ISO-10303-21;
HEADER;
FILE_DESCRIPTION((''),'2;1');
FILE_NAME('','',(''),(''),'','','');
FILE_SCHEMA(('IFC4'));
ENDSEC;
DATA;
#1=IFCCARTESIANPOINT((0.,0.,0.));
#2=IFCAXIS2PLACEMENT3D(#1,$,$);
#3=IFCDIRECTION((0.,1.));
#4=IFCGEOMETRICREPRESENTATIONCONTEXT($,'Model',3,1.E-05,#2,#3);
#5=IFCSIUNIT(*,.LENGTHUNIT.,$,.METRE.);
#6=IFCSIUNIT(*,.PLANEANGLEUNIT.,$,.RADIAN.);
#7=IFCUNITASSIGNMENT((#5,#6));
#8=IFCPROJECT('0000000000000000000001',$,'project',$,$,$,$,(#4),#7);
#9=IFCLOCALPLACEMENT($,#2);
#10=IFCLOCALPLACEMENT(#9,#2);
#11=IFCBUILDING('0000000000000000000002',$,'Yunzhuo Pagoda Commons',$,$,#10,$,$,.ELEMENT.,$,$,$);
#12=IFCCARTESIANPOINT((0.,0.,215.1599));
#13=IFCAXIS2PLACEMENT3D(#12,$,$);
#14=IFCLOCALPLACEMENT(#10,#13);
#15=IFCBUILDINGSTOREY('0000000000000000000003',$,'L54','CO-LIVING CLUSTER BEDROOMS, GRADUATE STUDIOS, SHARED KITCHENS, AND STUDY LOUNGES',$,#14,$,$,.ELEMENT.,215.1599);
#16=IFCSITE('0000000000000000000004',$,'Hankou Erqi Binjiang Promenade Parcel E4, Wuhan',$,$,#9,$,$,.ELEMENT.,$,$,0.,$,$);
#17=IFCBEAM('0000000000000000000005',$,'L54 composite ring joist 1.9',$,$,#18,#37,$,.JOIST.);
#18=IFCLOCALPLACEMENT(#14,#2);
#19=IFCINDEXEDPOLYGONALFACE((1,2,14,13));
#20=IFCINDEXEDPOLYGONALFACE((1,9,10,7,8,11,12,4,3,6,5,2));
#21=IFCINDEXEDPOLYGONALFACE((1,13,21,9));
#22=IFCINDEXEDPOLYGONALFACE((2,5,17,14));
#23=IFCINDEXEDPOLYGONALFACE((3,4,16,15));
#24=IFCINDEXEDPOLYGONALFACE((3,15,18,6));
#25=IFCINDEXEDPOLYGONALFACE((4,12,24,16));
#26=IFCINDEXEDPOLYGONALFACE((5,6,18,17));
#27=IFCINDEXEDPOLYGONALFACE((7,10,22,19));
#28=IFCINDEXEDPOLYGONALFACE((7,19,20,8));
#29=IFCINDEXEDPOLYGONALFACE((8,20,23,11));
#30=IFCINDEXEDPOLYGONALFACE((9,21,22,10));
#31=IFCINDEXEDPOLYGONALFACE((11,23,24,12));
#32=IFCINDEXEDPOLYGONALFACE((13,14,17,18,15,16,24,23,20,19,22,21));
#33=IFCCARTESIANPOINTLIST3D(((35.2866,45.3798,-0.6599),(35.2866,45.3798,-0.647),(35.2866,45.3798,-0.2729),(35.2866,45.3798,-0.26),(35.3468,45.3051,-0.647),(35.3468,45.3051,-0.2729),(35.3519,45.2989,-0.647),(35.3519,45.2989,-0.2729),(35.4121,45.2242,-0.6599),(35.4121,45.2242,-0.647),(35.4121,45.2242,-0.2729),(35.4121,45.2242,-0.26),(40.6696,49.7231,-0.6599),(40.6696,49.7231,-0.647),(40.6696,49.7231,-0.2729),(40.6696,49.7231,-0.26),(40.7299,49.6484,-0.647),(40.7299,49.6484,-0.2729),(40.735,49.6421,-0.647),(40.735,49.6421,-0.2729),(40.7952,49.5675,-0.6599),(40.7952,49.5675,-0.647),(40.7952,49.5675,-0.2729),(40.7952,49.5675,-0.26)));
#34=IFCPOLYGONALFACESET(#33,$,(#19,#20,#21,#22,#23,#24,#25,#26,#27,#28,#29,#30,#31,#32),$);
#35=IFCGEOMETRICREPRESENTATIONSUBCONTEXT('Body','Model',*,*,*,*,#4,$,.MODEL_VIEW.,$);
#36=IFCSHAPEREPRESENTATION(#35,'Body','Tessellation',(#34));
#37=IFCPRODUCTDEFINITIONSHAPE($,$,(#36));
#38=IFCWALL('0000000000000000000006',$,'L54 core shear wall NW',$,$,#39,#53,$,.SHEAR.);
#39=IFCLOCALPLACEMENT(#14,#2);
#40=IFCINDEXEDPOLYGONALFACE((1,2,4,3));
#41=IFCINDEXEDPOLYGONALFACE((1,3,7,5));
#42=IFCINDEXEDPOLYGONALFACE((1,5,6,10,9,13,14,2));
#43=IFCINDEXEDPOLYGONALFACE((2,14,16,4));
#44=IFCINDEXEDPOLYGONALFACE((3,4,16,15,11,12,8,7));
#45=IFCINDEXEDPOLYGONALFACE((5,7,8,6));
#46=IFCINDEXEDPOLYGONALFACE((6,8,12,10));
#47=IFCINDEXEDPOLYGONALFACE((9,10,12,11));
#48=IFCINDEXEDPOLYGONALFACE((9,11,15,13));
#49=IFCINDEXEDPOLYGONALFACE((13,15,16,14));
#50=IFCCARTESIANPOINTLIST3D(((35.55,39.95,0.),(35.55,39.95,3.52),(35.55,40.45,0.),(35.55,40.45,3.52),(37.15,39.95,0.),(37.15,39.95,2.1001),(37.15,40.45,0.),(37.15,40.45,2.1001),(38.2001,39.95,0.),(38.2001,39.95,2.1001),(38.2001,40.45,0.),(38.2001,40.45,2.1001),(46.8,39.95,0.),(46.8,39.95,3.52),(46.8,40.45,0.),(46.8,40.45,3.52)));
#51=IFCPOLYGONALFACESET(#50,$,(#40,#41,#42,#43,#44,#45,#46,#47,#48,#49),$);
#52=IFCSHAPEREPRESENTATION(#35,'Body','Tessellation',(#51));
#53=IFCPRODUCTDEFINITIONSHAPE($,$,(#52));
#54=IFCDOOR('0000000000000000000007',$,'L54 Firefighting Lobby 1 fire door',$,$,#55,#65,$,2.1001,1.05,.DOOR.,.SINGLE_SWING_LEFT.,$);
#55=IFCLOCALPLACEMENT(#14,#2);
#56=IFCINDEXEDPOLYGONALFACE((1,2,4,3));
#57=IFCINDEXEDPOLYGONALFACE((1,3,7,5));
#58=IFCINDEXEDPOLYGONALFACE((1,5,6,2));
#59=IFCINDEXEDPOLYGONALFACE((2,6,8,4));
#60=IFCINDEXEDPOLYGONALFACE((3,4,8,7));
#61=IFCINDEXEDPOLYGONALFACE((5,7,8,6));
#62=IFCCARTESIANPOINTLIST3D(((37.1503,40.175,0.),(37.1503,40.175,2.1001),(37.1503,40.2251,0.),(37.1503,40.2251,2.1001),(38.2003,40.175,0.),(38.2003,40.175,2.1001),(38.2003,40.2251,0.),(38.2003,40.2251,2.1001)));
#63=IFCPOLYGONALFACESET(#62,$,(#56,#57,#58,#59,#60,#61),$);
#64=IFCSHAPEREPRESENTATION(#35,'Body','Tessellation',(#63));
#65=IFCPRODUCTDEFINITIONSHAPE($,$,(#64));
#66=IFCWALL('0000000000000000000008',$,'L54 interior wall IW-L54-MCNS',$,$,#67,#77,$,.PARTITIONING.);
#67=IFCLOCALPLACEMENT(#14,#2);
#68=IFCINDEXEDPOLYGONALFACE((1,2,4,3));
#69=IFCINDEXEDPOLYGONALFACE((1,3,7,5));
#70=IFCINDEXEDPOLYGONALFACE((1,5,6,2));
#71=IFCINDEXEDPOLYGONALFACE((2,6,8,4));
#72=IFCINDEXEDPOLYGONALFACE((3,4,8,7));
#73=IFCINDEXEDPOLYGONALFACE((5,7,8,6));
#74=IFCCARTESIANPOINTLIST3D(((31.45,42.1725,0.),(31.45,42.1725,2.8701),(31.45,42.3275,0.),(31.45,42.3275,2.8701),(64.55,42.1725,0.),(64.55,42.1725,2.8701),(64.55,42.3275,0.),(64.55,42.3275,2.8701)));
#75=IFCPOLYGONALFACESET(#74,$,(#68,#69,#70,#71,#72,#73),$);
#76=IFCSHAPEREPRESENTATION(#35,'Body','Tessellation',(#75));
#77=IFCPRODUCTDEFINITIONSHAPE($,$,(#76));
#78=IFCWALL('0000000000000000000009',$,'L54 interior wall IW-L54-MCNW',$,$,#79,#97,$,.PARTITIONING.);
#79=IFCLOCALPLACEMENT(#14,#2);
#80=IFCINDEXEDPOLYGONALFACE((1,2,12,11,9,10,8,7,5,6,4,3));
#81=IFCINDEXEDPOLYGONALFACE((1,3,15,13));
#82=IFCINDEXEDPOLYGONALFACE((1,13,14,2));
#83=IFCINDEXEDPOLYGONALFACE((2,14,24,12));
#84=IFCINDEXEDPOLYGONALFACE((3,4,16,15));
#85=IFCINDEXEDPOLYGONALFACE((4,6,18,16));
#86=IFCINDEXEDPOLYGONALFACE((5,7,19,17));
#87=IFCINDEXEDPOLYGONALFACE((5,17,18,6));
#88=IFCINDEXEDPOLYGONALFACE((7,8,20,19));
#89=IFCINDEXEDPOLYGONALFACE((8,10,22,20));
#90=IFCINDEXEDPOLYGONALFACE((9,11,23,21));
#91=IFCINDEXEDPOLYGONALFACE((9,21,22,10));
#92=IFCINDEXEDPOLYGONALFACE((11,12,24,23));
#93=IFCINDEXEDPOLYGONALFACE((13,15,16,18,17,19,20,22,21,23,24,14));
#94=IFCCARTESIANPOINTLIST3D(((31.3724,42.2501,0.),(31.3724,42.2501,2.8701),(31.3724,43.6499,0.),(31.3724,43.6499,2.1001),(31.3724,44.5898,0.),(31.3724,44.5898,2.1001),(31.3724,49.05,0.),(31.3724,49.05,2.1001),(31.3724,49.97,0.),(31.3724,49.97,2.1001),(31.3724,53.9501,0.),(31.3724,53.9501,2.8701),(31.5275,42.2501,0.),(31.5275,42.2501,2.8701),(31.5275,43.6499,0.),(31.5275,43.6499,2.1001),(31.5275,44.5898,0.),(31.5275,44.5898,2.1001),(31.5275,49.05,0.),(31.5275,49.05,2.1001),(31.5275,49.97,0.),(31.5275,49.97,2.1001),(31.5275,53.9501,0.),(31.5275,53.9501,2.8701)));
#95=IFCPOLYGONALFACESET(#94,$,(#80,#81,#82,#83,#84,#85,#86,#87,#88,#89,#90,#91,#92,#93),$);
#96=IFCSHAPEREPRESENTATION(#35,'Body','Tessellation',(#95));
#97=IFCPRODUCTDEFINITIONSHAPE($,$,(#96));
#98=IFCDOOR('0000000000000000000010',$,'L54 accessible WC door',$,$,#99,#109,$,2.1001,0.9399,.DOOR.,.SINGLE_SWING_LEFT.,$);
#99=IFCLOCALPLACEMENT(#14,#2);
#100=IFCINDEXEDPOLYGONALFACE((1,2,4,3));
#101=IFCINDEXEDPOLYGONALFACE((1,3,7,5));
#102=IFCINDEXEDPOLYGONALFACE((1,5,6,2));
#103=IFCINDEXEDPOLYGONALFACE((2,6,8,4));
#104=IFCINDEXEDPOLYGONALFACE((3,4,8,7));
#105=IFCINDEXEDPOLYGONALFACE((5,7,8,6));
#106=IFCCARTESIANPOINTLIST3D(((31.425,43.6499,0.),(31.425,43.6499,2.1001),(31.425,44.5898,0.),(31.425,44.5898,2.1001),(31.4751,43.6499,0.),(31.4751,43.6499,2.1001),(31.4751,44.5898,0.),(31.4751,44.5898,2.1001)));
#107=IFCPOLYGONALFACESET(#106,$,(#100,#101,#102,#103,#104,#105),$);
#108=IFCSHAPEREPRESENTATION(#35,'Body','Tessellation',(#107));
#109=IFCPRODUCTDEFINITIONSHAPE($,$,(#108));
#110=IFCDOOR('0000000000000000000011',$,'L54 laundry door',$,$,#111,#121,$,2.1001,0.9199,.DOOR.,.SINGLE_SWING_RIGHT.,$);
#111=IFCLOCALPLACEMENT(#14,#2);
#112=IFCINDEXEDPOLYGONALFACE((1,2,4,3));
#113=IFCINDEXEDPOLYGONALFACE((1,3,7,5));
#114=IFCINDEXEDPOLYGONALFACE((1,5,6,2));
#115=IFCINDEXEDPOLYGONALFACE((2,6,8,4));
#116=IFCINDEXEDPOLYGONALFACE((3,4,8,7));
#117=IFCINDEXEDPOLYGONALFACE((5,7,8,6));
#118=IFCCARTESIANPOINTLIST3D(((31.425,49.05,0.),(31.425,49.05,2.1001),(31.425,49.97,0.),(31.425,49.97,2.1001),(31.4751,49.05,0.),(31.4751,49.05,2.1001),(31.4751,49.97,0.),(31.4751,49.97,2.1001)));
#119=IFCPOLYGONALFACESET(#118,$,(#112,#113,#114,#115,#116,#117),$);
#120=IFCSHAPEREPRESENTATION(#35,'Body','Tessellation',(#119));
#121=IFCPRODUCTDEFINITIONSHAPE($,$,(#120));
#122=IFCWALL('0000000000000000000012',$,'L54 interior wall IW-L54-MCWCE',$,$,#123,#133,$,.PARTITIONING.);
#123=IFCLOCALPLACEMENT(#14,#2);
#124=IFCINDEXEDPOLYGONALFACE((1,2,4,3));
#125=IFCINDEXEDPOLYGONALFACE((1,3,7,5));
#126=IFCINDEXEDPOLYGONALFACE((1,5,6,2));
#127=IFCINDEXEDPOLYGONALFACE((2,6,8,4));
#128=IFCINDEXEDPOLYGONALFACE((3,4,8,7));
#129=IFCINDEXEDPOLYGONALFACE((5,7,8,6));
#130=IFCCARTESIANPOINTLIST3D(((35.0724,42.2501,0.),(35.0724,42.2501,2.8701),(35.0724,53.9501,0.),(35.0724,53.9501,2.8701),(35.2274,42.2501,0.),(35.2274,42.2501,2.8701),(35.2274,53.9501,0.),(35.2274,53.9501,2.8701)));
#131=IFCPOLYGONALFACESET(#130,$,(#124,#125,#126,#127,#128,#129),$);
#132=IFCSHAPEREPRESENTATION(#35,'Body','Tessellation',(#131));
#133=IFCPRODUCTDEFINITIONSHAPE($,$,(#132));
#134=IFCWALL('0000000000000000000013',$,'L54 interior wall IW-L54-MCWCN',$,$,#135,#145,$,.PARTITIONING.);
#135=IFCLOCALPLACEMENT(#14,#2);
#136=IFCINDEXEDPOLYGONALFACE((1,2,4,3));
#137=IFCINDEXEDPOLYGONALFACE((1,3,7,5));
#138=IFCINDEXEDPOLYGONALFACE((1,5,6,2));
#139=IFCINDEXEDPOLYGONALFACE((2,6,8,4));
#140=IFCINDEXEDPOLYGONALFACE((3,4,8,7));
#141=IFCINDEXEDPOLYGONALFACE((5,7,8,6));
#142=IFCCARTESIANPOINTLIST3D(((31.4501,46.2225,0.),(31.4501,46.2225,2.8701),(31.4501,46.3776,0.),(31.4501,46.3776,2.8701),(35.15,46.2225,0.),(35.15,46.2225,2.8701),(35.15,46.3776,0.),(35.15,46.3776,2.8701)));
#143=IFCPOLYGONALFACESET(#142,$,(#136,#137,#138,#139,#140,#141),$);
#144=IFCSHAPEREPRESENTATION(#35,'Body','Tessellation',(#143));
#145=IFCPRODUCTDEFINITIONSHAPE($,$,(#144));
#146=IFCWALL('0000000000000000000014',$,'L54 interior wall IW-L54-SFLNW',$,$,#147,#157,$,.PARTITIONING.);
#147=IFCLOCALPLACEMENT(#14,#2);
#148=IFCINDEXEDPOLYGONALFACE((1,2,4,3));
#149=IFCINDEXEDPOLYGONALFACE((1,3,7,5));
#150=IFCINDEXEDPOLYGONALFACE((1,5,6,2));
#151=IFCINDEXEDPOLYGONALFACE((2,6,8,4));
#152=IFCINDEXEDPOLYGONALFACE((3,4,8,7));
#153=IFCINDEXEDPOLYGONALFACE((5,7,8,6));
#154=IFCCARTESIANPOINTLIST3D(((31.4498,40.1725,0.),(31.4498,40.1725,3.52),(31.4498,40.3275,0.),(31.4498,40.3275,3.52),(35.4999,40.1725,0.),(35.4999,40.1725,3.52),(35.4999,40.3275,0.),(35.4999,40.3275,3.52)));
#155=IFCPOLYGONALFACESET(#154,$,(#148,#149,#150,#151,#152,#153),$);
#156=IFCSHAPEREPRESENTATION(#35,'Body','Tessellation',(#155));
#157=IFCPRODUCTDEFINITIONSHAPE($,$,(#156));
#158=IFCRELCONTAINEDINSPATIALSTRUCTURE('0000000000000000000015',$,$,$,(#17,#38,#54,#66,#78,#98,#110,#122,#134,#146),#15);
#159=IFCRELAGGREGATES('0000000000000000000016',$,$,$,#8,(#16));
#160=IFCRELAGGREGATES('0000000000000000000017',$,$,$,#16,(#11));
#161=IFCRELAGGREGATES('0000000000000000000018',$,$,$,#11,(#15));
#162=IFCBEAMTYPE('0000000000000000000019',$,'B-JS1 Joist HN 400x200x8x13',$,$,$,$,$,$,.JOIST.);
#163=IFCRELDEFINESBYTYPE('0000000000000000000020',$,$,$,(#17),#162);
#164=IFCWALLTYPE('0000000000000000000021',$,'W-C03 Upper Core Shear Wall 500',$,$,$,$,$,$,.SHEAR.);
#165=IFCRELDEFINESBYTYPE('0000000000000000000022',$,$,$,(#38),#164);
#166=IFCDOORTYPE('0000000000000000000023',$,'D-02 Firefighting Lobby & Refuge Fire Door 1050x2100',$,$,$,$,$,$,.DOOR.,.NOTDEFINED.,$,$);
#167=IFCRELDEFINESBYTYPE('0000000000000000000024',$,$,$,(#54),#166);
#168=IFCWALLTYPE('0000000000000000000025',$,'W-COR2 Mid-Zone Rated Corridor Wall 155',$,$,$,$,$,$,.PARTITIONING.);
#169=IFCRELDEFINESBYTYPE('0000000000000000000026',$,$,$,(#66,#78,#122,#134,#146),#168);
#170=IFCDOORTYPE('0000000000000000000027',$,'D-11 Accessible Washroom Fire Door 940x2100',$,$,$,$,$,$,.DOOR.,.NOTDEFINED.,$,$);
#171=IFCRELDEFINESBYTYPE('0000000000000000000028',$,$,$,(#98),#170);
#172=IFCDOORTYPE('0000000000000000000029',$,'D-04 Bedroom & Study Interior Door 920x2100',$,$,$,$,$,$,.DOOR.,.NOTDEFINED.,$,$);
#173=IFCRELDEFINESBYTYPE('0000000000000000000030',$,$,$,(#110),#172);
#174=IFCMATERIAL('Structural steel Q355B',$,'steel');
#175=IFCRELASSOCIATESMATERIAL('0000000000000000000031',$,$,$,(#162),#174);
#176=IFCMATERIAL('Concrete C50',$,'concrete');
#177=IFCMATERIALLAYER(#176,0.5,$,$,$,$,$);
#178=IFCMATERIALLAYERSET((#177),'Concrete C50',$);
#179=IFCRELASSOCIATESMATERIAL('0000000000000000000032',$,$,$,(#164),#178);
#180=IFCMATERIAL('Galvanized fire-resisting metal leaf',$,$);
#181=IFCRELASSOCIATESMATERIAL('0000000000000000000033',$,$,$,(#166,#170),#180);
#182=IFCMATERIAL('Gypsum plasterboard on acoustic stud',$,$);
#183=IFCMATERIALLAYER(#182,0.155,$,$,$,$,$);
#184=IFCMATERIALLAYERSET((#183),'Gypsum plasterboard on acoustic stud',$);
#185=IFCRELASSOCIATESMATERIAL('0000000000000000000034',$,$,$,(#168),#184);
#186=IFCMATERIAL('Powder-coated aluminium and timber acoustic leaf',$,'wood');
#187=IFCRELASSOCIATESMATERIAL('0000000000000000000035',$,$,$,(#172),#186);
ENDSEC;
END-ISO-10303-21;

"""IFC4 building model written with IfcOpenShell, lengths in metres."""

from ifc_helpers import new_model, si_unit, direction, frame, frame_2d, origin, origin_with_axes, origin_2d, place, context, subcontext, project, spatial, rectangle, i_section, extrude, source, transform, mapped, material, layer, layer_set, material_profile, profile_set, type_object, element, fill, save


model = new_model("IFC4")

# Units and contexts
model_context = context("Model", 3, precision=1e-05, world=origin(), true_north=direction((0.0, 1.0)))
body_context = subcontext(model_context, "Body", "Model", "MODEL_VIEW")
ifc_project = project(units=[si_unit("LENGTHUNIT", "METRE"), si_unit("PLANEANGLEUNIT", "RADIAN")], contexts=[model_context])

# Site, building, storey
site_placement = place(None, origin())
site = spatial("IfcSite", under=ifc_project, at=site_placement, Name="Hankou Erqi Binjiang Promenade Parcel E4, Wuhan", CompositionType="ELEMENT", RefElevation=0.0)
building_placement = place(site_placement, origin())
building = spatial("IfcBuilding", under=site, at=building_placement, Name="Yunzhuo Pagoda Commons", CompositionType="ELEMENT")
storey_placement = place(building_placement, frame((0.0, 0.0, 215.1599)))
storey = spatial("IfcBuildingStorey", under=building, at=storey_placement, Name="L54", Description="CO-LIVING CLUSTER BEDROOMS, GRADUATE STUDIOS, SHARED KITCHENS, AND STUDY LOUNGES", CompositionType="ELEMENT", Elevation=215.1599)

# Beam
ifc_material_1 = material(Name="Structural steel Q355B", Category="steel")
ifc_material_profile_1 = material_profile(ifc_material_1, i_section(OverallWidth=0.2, OverallDepth=0.3999, WebThickness=0.0081, FlangeThickness=0.0129, at=origin_2d()), Name="Structural steel Q355B")
ifc_profile_set_1 = profile_set([ifc_material_profile_1], Name="Structural steel Q355B")
beam_type_1 = type_object("IfcBeamType", Name="B-JS1 Joist HN 400x200x8x13", PredefinedType="JOIST", material=ifc_profile_set_1)
shared_shape_1 = source(origin(), body_context, "Body", "SweptSolid", [
    extrude(i_section(OverallWidth=0.2, OverallDepth=0.3999, WebThickness=0.0081, FlangeThickness=0.0129, at=origin_2d()), origin(), (0.0, 0.0, 1.0), 6.9167),
])
beam_1_placement = place(storey_placement, frame((40.7324, 49.6453, -0.46), z_axis=(-0.778266, -0.627935, 0.0), x_axis=(0.627935, -0.778266, 0.0)))
element("IfcBeam", 1, at=beam_1_placement, inside=storey, type_object=beam_type_1, Name="L54 composite ring joist 1.9", PredefinedType="JOIST", context=body_context, shape_type="MappedRepresentation", body=[
    mapped(shared_shape_1, transform((0.0, 0.0, 0.0), scale=1.0)),
])

# Wall, opening, door
ifc_material_2 = material(Name="Concrete C50", Category="concrete")
ifc_layer_1 = layer(ifc_material_2, 0.5)
ifc_layer_set_1 = layer_set([ifc_layer_1], Name="Concrete C50")
wall_type_1 = type_object("IfcWallType", Name="W-C03 Upper Core Shear Wall 500", PredefinedType="SHEAR", material=ifc_layer_set_1)
wall_1_placement = place(storey_placement, frame((35.55, 40.2, 0.0), z_axis=(0.0, 0.0, 1.0), x_axis=(1.0, 0.0, 0.0)))
wall_1 = element("IfcWall", 2, at=wall_1_placement, inside=storey, type_object=wall_type_1, Name="L54 core shear wall NW", PredefinedType="SHEAR", context=body_context, shape_type="SweptSolid", body=[
    extrude(rectangle(XDim=11.25, YDim=0.5, at=frame_2d((5.625, 0.0))), origin(), (0.0, 0.0, 1.0), 3.52),
])
opening_1_placement = place(wall_1_placement, frame((1.6001, 0.0, 0.0)))
opening_1 = element("IfcOpeningElement", 3, at=opening_1_placement, cuts=wall_1, PredefinedType="OPENING", context=body_context, shape_type="SweptSolid", body=[
    extrude(rectangle(XDim=1.05, YDim=2.1001, at=frame_2d((0.5249, 1.05))), frame((0.0, 0.26, 0.0), z_axis=(0.0, -1.0, 0.0), x_axis=(1.0, 0.0, 0.0)), (0.0, 0.0, 1.0), 0.52),
])
ifc_material_3 = material(Name="Galvanized fire-resisting metal leaf")
door_type_1 = type_object("IfcDoorType", Name="D-02 Firefighting Lobby & Refuge Fire Door 1050x2100", OperationType="NOTDEFINED", PredefinedType="DOOR", material=ifc_material_3)
shared_shape_2 = source(origin(), body_context, "Body", "SweptSolid", [
    extrude(rectangle(XDim=1.05, YDim=2.1001, at=frame_2d((0.5249, 1.05))), frame((0.0, 0.0249, 0.0), z_axis=(0.0, -1.0, 0.0), x_axis=(1.0, 0.0, 0.0)), (0.0, 0.0, 1.0), 0.05),
])
door_1_placement = place(opening_1_placement, frame((1.05, 0.0, 0.0), z_axis=(0.0, 0.0, 1.0), x_axis=(-1.0, 0.0, 0.0)))
door_1 = element("IfcDoor", 4, at=door_1_placement, inside=storey, type_object=door_type_1, Name="L54 Firefighting Lobby 1 fire door", OperationType="SINGLE_SWING_LEFT", OverallHeight=2.1001, OverallWidth=1.05, PredefinedType="DOOR", context=body_context, shape_type="MappedRepresentation", body=[
    mapped(shared_shape_2, transform((0.0, 0.0, 0.0), scale=1.0)),
])
fill(opening_1, door_1)

# Wall
ifc_material_4 = material(Name="Gypsum plasterboard on acoustic stud")
ifc_layer_2 = layer(ifc_material_4, 0.155)
ifc_layer_set_2 = layer_set([ifc_layer_2], Name="Gypsum plasterboard on acoustic stud")
wall_type_2 = type_object("IfcWallType", Name="W-COR2 Mid-Zone Rated Corridor Wall 155", PredefinedType="PARTITIONING", material=ifc_layer_set_2)
wall_2_placement = place(storey_placement, frame((31.45, 42.25, 0.0), z_axis=(0.0, 0.0, 1.0), x_axis=(1.0, 0.0, 0.0)))
element("IfcWall", 5, at=wall_2_placement, inside=storey, type_object=wall_type_2, Name="L54 interior wall IW-L54-MCNS", PredefinedType="PARTITIONING", context=body_context, shape_type="SweptSolid", body=[
    extrude(rectangle(XDim=33.1001, YDim=0.155, at=frame_2d((16.55, 0.0))), origin(), (0.0, 0.0, 1.0), 2.8701),
])

# Wall, openings, doors
wall_3_placement = place(storey_placement, frame((31.45, 42.25, 0.0), z_axis=(0.0, 0.0, 1.0), x_axis=(0.0, 1.0, 0.0)))
wall_3 = element("IfcWall", 6, at=wall_3_placement, inside=storey, type_object=wall_type_2, Name="L54 interior wall IW-L54-MCNW", PredefinedType="PARTITIONING", context=body_context, shape_type="SweptSolid", body=[
    extrude(rectangle(XDim=11.7, YDim=0.155, at=frame_2d((5.8501, 0.0))), origin(), (0.0, 0.0, 1.0), 2.8701),
])
opening_2_placement = place(wall_3_placement, frame((1.3999, 0.0, 0.0)))
opening_2 = element("IfcOpeningElement", 7, at=opening_2_placement, cuts=wall_3, PredefinedType="OPENING", context=body_context, shape_type="SweptSolid", body=[
    extrude(rectangle(XDim=0.9399, YDim=2.1001, at=frame_2d((0.47, 1.05))), frame((0.0, 0.0874, 0.0), z_axis=(0.0, -1.0, 0.0), x_axis=(1.0, 0.0, 0.0)), (0.0, 0.0, 1.0), 0.175),
])
opening_3_placement = place(wall_3_placement, frame((6.8, 0.0, 0.0)))
opening_3 = element("IfcOpeningElement", 8, at=opening_3_placement, cuts=wall_3, PredefinedType="OPENING", context=body_context, shape_type="SweptSolid", body=[
    extrude(rectangle(XDim=0.9199, YDim=2.1001, at=frame_2d((0.46, 1.05))), frame((0.0, 0.0874, 0.0), z_axis=(0.0, -1.0, 0.0), x_axis=(1.0, 0.0, 0.0)), (0.0, 0.0, 1.0), 0.175),
])
door_type_2 = type_object("IfcDoorType", Name="D-11 Accessible Washroom Fire Door 940x2100", OperationType="NOTDEFINED", PredefinedType="DOOR", material=ifc_material_3)
shared_shape_3 = source(origin(), body_context, "Body", "SweptSolid", [
    extrude(rectangle(XDim=0.9399, YDim=2.1001, at=frame_2d((0.47, 1.05))), frame((0.0, 0.0249, 0.0), z_axis=(0.0, -1.0, 0.0), x_axis=(1.0, 0.0, 0.0)), (0.0, 0.0, 1.0), 0.05),
])
door_2_placement = place(opening_2_placement, origin_with_axes())
door_2 = element("IfcDoor", 9, at=door_2_placement, inside=storey, type_object=door_type_2, Name="L54 accessible WC door", OperationType="SINGLE_SWING_LEFT", OverallHeight=2.1001, OverallWidth=0.9399, PredefinedType="DOOR", context=body_context, shape_type="MappedRepresentation", body=[
    mapped(shared_shape_3, transform((0.0, 0.0, 0.0), scale=1.0)),
])
fill(opening_2, door_2)
ifc_material_5 = material(Name="Powder-coated aluminium and timber acoustic leaf", Category="wood")
door_type_3 = type_object("IfcDoorType", Name="D-04 Bedroom & Study Interior Door 920x2100", OperationType="NOTDEFINED", PredefinedType="DOOR", material=ifc_material_5)
shared_shape_4 = source(origin(), body_context, "Body", "SweptSolid", [
    extrude(rectangle(XDim=0.9199, YDim=2.1001, at=frame_2d((0.46, 1.05))), frame((0.0, 0.0249, 0.0), z_axis=(0.0, -1.0, 0.0), x_axis=(1.0, 0.0, 0.0)), (0.0, 0.0, 1.0), 0.05),
])
door_3_placement = place(opening_3_placement, origin_with_axes())
door_3 = element("IfcDoor", 10, at=door_3_placement, inside=storey, type_object=door_type_3, Name="L54 laundry door", OperationType="SINGLE_SWING_RIGHT", OverallHeight=2.1001, OverallWidth=0.9199, PredefinedType="DOOR", context=body_context, shape_type="MappedRepresentation", body=[
    mapped(shared_shape_4, transform((0.0, 0.0, 0.0), scale=1.0)),
])
fill(opening_3, door_3)

# Walls
wall_4_placement = place(storey_placement, frame((35.1499, 42.25, 0.0), z_axis=(0.0, 0.0, 1.0), x_axis=(0.0, 1.0, 0.0)))
element("IfcWall", 11, at=wall_4_placement, inside=storey, type_object=wall_type_2, Name="L54 interior wall IW-L54-MCWCE", PredefinedType="PARTITIONING", context=body_context, shape_type="SweptSolid", body=[
    extrude(rectangle(XDim=11.7, YDim=0.155, at=frame_2d((5.8501, 0.0))), origin(), (0.0, 0.0, 1.0), 2.8701),
])
wall_5_placement = place(storey_placement, frame((31.45, 46.3, 0.0), z_axis=(0.0, 0.0, 1.0), x_axis=(1.0, 0.0, 0.0)))
element("IfcWall", 12, at=wall_5_placement, inside=storey, type_object=wall_type_2, Name="L54 interior wall IW-L54-MCWCN", PredefinedType="PARTITIONING", context=body_context, shape_type="SweptSolid", body=[
    extrude(rectangle(XDim=3.7, YDim=0.155, at=frame_2d((1.8501, 0.0))), origin(), (0.0, 0.0, 1.0), 2.8701),
])
wall_6_placement = place(storey_placement, frame((31.45, 40.25, 0.0), z_axis=(0.0, 0.0, 1.0), x_axis=(1.0, 0.0, 0.0)))
element("IfcWall", 13, at=wall_6_placement, inside=storey, type_object=wall_type_2, Name="L54 interior wall IW-L54-SFLNW", PredefinedType="PARTITIONING", context=body_context, shape_type="SweptSolid", body=[
    extrude(rectangle(XDim=4.05, YDim=0.155, at=frame_2d((2.0249, 0.0))), origin(), (0.0, 0.0, 1.0), 3.52),
])

save(model, "model.ifc")
